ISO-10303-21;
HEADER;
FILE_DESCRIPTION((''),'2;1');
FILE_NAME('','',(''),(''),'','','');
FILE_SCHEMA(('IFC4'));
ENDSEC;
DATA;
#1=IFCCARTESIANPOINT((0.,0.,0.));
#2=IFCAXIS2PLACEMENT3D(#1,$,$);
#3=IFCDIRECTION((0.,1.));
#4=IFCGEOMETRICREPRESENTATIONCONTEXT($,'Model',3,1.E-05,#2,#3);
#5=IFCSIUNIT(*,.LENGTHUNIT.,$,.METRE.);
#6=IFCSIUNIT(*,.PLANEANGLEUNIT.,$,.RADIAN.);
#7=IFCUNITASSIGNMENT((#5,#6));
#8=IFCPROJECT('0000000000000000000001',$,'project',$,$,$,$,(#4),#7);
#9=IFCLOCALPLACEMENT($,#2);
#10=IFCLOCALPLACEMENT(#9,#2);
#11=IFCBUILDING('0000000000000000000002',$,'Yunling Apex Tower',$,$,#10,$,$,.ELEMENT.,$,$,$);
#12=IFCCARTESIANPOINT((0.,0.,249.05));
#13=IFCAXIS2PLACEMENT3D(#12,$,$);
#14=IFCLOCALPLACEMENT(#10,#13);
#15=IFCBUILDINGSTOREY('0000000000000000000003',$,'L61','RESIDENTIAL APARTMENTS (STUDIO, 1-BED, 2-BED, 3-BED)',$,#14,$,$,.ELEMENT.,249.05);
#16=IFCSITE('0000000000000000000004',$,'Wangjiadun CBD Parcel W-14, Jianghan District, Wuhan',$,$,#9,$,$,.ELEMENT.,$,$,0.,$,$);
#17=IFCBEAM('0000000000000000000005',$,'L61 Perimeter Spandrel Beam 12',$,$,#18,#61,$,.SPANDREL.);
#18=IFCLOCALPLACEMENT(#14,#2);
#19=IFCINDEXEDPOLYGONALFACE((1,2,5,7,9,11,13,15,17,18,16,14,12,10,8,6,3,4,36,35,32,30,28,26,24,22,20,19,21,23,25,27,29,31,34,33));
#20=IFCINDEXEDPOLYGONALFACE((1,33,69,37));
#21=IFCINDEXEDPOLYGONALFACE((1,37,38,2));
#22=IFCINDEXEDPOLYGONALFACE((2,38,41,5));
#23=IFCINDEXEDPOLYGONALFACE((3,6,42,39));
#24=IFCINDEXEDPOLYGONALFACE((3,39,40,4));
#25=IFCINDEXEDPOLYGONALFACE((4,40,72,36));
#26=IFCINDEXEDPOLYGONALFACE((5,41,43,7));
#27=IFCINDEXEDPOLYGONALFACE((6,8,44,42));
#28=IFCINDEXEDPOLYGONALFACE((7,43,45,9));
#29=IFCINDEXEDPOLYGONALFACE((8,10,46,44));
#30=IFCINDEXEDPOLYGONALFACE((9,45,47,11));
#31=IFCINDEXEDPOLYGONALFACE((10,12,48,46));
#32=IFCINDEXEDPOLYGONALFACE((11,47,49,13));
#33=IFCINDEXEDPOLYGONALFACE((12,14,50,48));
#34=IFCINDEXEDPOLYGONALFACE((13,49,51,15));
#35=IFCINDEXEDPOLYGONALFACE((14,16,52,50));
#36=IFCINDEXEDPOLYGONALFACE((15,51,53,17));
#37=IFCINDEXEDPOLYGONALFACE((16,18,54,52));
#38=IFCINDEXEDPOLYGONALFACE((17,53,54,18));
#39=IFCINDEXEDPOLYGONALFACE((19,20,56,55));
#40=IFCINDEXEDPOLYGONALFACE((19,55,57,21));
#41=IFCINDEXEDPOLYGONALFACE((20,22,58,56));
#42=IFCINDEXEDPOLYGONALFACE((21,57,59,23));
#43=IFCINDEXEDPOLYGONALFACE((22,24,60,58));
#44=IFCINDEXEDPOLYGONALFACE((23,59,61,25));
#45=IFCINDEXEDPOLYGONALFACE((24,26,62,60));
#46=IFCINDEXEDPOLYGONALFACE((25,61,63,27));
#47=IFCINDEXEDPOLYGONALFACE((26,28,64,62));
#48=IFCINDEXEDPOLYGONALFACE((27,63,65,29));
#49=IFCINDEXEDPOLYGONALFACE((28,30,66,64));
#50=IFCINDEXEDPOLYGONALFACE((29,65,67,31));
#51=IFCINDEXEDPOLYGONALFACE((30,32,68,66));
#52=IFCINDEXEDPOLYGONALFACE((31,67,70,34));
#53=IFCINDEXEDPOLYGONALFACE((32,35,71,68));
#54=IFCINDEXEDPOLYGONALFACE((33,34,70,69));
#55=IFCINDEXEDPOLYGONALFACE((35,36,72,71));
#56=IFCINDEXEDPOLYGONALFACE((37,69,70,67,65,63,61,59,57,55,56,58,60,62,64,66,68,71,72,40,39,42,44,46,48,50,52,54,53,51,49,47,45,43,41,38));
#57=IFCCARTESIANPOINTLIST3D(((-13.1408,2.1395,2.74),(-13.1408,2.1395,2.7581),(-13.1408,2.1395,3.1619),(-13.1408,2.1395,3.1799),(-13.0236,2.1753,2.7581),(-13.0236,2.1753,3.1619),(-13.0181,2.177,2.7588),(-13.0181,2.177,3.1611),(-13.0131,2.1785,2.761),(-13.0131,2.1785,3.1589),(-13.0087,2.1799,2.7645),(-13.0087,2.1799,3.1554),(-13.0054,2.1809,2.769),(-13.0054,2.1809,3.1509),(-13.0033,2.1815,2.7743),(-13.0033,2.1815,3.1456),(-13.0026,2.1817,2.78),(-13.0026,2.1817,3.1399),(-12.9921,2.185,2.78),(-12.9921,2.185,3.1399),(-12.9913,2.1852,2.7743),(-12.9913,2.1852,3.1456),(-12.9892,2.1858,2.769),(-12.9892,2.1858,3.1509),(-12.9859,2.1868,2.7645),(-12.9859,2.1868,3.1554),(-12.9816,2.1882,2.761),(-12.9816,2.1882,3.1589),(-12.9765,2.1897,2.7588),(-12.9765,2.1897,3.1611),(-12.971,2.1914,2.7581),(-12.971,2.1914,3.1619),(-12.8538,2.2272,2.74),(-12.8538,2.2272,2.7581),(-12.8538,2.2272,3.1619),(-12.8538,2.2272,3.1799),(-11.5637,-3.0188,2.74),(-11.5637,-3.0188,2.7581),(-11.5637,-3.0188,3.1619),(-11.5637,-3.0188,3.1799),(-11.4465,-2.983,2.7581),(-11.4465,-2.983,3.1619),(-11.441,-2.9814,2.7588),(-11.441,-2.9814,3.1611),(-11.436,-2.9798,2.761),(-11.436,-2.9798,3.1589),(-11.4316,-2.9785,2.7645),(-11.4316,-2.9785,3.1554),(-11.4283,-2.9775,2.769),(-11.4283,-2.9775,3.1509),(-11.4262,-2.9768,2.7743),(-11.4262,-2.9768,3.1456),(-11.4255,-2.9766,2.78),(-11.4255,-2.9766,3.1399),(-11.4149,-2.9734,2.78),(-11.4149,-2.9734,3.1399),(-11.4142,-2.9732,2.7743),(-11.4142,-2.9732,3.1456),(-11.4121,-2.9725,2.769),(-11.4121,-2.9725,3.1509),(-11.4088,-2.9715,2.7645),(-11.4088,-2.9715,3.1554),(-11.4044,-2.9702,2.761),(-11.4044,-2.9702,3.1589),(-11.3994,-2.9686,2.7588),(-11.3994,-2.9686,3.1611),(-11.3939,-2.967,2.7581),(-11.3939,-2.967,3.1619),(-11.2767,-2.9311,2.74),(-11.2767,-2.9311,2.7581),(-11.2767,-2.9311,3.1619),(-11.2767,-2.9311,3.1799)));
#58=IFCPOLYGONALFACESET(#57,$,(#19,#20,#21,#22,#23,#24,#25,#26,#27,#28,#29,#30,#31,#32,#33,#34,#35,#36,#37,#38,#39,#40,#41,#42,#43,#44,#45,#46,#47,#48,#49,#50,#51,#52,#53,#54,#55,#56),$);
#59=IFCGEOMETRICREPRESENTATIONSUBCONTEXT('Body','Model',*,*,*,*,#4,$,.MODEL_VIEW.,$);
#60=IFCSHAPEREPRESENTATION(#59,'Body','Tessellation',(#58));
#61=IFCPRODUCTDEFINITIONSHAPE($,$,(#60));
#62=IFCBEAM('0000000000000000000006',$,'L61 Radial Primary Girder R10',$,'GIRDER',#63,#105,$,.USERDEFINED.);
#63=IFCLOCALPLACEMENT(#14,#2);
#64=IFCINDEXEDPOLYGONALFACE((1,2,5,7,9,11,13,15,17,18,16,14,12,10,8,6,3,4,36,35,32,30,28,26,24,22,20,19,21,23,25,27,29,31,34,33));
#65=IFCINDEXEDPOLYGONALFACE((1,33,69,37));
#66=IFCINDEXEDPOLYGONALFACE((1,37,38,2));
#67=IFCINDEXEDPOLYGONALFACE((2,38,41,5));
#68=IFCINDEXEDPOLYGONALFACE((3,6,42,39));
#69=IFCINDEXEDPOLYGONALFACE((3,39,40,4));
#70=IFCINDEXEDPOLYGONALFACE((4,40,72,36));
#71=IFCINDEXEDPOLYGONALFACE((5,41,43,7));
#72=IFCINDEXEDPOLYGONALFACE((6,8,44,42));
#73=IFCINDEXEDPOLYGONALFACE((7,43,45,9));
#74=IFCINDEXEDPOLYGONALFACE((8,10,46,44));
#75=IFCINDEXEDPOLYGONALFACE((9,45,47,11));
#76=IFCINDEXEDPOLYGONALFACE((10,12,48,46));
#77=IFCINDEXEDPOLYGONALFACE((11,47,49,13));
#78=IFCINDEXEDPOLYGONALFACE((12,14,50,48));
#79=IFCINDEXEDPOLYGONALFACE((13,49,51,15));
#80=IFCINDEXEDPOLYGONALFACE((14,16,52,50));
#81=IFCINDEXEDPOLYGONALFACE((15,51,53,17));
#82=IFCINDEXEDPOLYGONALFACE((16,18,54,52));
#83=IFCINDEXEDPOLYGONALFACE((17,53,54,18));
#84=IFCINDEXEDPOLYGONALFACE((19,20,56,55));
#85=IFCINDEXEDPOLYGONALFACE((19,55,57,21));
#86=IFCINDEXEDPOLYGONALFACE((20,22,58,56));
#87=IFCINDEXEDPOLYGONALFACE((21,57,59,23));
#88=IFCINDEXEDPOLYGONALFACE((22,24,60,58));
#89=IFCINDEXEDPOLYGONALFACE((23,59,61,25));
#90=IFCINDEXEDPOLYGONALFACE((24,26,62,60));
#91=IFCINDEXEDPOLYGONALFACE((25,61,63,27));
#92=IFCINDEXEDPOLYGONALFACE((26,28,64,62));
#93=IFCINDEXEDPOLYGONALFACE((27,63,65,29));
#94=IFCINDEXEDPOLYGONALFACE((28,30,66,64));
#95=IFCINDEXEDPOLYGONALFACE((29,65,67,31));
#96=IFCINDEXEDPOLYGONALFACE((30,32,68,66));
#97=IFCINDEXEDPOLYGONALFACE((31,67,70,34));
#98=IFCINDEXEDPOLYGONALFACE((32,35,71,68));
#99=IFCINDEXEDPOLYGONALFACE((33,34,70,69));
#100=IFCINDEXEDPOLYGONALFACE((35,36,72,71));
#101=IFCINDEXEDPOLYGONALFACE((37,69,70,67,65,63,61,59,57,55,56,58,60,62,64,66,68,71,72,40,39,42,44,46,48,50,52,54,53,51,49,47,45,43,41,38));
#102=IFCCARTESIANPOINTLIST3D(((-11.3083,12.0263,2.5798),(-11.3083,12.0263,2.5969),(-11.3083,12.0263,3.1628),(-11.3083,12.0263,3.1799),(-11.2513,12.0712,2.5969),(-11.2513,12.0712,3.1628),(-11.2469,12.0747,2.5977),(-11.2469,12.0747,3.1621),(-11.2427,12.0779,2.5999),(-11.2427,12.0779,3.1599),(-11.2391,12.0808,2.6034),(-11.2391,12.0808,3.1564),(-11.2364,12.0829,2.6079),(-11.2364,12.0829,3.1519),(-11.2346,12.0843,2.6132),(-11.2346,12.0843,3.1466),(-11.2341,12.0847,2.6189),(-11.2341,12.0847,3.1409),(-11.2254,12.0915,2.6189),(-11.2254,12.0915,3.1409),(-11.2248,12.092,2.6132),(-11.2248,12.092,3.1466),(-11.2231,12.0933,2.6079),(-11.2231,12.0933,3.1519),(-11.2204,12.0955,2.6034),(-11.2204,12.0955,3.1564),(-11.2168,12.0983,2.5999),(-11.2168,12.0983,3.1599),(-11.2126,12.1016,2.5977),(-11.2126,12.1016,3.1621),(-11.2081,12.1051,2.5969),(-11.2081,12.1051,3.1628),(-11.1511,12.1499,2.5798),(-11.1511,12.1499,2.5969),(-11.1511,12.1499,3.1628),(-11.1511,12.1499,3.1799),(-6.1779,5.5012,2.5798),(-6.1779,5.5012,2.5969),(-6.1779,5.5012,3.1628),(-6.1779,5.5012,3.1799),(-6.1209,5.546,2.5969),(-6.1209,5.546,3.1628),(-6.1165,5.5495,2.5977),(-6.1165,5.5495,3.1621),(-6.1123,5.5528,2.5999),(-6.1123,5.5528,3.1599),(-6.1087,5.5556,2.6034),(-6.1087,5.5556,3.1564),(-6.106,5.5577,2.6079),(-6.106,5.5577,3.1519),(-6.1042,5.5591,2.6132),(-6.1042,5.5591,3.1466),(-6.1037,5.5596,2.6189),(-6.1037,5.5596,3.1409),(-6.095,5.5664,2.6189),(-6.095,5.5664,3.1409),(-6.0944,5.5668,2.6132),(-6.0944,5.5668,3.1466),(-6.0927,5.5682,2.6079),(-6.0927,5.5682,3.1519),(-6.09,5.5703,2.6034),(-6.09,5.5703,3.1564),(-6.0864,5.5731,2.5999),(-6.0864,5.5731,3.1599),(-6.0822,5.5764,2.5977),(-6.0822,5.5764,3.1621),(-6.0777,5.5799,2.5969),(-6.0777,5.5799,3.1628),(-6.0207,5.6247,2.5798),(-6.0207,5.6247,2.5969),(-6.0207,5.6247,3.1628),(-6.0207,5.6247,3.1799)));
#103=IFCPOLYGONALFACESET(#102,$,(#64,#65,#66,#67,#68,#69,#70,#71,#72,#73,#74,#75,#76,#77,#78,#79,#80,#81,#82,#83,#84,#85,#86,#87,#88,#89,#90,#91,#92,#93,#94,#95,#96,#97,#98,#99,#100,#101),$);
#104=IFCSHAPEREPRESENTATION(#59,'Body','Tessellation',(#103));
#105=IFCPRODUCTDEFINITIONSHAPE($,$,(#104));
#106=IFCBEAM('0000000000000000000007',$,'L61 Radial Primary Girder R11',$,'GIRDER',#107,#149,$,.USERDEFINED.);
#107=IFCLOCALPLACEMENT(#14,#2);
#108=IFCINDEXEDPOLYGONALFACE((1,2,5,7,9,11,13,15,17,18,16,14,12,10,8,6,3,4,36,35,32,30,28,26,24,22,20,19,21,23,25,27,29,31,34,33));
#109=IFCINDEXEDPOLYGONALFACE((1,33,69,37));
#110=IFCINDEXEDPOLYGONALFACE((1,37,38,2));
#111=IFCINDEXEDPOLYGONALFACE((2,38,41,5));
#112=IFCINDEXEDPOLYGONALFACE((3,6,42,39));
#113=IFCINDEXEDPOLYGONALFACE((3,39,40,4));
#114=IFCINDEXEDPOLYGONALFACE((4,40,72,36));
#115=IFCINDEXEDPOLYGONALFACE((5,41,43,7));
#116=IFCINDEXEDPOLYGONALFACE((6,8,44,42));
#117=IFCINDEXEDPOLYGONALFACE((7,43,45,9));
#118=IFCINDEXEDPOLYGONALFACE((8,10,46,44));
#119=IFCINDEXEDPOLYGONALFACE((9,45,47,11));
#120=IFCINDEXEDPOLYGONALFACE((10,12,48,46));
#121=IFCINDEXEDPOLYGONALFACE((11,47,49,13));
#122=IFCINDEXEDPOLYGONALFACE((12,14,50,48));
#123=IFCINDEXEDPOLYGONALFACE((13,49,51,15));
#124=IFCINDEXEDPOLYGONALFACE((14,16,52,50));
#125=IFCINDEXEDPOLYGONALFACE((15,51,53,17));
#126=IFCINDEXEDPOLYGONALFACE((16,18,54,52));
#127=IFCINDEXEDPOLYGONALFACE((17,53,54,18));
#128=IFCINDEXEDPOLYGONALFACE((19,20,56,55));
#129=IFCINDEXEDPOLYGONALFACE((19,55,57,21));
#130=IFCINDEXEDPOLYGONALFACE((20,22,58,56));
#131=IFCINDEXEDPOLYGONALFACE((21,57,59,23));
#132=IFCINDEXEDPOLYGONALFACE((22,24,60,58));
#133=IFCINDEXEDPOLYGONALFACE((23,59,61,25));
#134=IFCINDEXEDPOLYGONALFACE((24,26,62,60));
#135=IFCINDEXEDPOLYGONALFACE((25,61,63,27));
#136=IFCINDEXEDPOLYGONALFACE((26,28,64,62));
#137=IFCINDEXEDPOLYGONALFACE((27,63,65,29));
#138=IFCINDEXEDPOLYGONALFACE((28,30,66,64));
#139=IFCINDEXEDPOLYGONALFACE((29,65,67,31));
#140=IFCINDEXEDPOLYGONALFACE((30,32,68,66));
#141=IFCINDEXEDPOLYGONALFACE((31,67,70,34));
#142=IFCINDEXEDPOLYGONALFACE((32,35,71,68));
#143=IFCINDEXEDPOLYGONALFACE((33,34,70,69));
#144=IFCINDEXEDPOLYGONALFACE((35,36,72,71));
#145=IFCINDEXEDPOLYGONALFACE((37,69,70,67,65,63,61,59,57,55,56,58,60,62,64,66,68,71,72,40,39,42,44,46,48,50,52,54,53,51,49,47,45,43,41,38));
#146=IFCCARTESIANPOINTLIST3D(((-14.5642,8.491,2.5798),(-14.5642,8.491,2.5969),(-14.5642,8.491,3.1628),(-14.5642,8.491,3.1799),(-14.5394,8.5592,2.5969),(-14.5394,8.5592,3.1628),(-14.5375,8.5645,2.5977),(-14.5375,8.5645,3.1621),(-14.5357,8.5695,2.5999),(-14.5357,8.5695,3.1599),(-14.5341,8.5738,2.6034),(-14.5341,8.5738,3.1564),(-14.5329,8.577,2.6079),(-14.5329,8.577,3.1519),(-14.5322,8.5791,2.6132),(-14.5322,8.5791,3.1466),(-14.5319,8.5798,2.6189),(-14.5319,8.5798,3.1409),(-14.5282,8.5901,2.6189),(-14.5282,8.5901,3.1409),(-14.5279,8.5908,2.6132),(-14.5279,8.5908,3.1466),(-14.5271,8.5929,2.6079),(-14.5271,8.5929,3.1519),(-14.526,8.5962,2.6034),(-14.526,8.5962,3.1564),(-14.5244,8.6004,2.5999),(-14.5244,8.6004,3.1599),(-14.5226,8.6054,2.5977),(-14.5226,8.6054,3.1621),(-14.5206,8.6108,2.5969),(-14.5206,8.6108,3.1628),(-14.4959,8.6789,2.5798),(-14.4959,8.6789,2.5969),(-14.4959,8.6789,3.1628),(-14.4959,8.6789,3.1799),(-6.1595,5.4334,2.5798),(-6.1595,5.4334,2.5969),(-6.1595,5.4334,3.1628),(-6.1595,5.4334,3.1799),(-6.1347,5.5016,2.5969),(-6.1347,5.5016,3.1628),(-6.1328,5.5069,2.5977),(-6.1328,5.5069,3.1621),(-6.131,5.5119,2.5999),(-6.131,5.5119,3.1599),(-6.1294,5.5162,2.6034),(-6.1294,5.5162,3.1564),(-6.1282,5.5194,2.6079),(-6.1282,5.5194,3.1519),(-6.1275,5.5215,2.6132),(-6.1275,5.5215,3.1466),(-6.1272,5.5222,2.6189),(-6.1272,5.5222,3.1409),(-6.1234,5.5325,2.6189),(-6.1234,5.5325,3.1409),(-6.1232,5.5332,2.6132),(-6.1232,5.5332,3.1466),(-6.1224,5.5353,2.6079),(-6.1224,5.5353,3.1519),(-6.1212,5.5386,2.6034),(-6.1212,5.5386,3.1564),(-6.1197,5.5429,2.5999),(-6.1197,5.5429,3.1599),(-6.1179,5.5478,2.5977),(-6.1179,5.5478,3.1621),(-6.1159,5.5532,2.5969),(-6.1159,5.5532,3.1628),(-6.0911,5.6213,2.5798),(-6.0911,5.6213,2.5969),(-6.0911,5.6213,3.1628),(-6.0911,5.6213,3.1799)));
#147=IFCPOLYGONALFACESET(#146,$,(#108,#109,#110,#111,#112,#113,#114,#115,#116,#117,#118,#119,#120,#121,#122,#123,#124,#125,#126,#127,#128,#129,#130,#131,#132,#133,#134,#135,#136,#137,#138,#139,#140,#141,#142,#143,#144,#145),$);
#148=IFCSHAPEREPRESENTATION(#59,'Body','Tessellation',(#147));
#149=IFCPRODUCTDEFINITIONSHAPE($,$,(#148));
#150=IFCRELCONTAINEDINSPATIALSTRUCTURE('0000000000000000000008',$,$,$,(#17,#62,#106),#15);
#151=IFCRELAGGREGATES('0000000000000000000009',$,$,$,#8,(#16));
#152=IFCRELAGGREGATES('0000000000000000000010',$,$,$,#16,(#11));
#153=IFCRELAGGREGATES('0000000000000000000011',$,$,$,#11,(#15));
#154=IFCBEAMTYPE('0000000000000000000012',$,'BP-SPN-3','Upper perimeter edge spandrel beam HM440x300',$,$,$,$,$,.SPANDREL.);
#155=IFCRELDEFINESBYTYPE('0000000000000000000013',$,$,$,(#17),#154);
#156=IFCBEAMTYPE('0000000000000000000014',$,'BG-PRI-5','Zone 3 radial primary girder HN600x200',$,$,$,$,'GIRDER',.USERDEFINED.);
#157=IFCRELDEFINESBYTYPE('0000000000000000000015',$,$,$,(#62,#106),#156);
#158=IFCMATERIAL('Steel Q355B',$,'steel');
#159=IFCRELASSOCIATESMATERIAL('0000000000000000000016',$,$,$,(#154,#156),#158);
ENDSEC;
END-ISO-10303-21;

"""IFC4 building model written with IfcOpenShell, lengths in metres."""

from ifc_helpers import new_model, si_unit, direction, frame, origin, origin_2d, place, context, subcontext, project, spatial, i_section, extrude, source, transform, mapped, material, material_profile, profile_set, type_object, element, save


model = new_model("IFC4")

# Units and contexts
model_context = context("Model", 3, precision=1e-05, world=origin(), true_north=direction((0.0, 1.0)))
body_context = subcontext(model_context, "Body", "Model", "MODEL_VIEW")
ifc_project = project(units=[si_unit("LENGTHUNIT", "METRE"), si_unit("PLANEANGLEUNIT", "RADIAN")], contexts=[model_context])

# Site, building, storey
site_placement = place(None, origin())
site = spatial("IfcSite", under=ifc_project, at=site_placement, Name="Wangjiadun CBD Parcel W-14, Jianghan District, Wuhan", CompositionType="ELEMENT", RefElevation=0.0)
building_placement = place(site_placement, origin())
building = spatial("IfcBuilding", under=site, at=building_placement, Name="Yunling Apex Tower", CompositionType="ELEMENT")
storey_placement = place(building_placement, frame((0.0, 0.0, 249.05)))
storey = spatial("IfcBuildingStorey", under=building, at=storey_placement, Name="L61", Description="RESIDENTIAL APARTMENTS (STUDIO, 1-BED, 2-BED, 3-BED)", CompositionType="ELEMENT", Elevation=249.05)

# Beams
ifc_material_1 = material(Name="Steel Q355B", Category="steel")
ifc_material_profile_1 = material_profile(ifc_material_1, i_section(OverallWidth=0.3, OverallDepth=0.4399, WebThickness=0.011, FlangeThickness=0.0181, FilletRadius=0.022, at=origin_2d()))
ifc_profile_set_1 = profile_set([ifc_material_profile_1], Name="Steel Q355B")
beam_type_1 = type_object("IfcBeamType", Name="BP-SPN-3", Description="Upper perimeter edge spandrel beam HM440x300", PredefinedType="SPANDREL", material=ifc_profile_set_1)
shared_shape_1 = source(origin(), body_context, "Body", "SweptSolid", [
    extrude(i_section(OverallWidth=0.3, OverallDepth=0.4399, WebThickness=0.011, FlangeThickness=0.0181, FilletRadius=0.022, at=origin_2d()), origin(), (0.0, 0.0, 1.0), 5.394),
])
for number, where, z_axis, x_axis, name in (
    (1, (-12.9973, 2.1833, 2.96), (0.292381, -0.956302, 0.0), (0.956302, 0.292381, 0.0), "L61 Perimeter Spandrel Beam 12"),
):
    element("IfcBeam", number, at=place(storey_placement, frame(where, z_axis=z_axis, x_axis=x_axis)), inside=storey, type_object=beam_type_1, Name=name, PredefinedType="SPANDREL", context=body_context, shape_type="MappedRepresentation", body=[
        mapped(shared_shape_1, transform((0.0, 0.0, 0.0), scale=1.0)),
    ])
ifc_material_profile_2 = material_profile(ifc_material_1, i_section(OverallWidth=0.2, OverallDepth=0.6001, WebThickness=0.011, FlangeThickness=0.0171, FilletRadius=0.022, at=origin_2d()))
ifc_profile_set_2 = profile_set([ifc_material_profile_2], Name="Steel Q355B")
beam_type_2 = type_object("IfcBeamType", Name="BG-PRI-5", Description="Zone 3 radial primary girder HN600x200", ElementType="GIRDER", PredefinedType="USERDEFINED", material=ifc_profile_set_2)
shared_shape_2 = source(origin(), body_context, "Body", "SweptSolid", [
    extrude(i_section(OverallWidth=0.2, OverallDepth=0.6001, WebThickness=0.011, FlangeThickness=0.0171, FilletRadius=0.022, at=origin_2d()), origin(), (0.0, 0.0, 1.0), 8.3005),
])
beam_1_placement = place(storey_placement, frame((-11.2297, 12.0881, 2.8799), z_axis=(0.61808, -0.786115, 0.0), x_axis=(0.786115, 0.61808, 0.0)))
element("IfcBeam", 2, at=beam_1_placement, inside=storey, type_object=beam_type_2, Name="L61 Radial Primary Girder R10", ObjectType="GIRDER", PredefinedType="USERDEFINED", context=body_context, shape_type="MappedRepresentation", body=[
    mapped(shared_shape_2, transform((0.0, 0.0, 0.0), scale=1.0)),
])
shared_shape_3 = source(origin(), body_context, "Body", "SweptSolid", [
    extrude(i_section(OverallWidth=0.2, OverallDepth=0.6001, WebThickness=0.011, FlangeThickness=0.0171, FilletRadius=0.022, at=origin_2d()), origin(), (0.0, 0.0, 1.0), 8.9436),
])
beam_2_placement = place(storey_placement, frame((-14.53, 8.585, 2.8799), z_axis=(0.939746, -0.341875, 0.0), x_axis=(0.341875, 0.939746, 0.0)))
element("IfcBeam", 3, at=beam_2_placement, inside=storey, type_object=beam_type_2, Name="L61 Radial Primary Girder R11", ObjectType="GIRDER", PredefinedType="USERDEFINED", context=body_context, shape_type="MappedRepresentation", body=[
    mapped(shared_shape_3, transform((0.0, 0.0, 0.0), scale=1.0)),
])

save(model, "model.ifc")
